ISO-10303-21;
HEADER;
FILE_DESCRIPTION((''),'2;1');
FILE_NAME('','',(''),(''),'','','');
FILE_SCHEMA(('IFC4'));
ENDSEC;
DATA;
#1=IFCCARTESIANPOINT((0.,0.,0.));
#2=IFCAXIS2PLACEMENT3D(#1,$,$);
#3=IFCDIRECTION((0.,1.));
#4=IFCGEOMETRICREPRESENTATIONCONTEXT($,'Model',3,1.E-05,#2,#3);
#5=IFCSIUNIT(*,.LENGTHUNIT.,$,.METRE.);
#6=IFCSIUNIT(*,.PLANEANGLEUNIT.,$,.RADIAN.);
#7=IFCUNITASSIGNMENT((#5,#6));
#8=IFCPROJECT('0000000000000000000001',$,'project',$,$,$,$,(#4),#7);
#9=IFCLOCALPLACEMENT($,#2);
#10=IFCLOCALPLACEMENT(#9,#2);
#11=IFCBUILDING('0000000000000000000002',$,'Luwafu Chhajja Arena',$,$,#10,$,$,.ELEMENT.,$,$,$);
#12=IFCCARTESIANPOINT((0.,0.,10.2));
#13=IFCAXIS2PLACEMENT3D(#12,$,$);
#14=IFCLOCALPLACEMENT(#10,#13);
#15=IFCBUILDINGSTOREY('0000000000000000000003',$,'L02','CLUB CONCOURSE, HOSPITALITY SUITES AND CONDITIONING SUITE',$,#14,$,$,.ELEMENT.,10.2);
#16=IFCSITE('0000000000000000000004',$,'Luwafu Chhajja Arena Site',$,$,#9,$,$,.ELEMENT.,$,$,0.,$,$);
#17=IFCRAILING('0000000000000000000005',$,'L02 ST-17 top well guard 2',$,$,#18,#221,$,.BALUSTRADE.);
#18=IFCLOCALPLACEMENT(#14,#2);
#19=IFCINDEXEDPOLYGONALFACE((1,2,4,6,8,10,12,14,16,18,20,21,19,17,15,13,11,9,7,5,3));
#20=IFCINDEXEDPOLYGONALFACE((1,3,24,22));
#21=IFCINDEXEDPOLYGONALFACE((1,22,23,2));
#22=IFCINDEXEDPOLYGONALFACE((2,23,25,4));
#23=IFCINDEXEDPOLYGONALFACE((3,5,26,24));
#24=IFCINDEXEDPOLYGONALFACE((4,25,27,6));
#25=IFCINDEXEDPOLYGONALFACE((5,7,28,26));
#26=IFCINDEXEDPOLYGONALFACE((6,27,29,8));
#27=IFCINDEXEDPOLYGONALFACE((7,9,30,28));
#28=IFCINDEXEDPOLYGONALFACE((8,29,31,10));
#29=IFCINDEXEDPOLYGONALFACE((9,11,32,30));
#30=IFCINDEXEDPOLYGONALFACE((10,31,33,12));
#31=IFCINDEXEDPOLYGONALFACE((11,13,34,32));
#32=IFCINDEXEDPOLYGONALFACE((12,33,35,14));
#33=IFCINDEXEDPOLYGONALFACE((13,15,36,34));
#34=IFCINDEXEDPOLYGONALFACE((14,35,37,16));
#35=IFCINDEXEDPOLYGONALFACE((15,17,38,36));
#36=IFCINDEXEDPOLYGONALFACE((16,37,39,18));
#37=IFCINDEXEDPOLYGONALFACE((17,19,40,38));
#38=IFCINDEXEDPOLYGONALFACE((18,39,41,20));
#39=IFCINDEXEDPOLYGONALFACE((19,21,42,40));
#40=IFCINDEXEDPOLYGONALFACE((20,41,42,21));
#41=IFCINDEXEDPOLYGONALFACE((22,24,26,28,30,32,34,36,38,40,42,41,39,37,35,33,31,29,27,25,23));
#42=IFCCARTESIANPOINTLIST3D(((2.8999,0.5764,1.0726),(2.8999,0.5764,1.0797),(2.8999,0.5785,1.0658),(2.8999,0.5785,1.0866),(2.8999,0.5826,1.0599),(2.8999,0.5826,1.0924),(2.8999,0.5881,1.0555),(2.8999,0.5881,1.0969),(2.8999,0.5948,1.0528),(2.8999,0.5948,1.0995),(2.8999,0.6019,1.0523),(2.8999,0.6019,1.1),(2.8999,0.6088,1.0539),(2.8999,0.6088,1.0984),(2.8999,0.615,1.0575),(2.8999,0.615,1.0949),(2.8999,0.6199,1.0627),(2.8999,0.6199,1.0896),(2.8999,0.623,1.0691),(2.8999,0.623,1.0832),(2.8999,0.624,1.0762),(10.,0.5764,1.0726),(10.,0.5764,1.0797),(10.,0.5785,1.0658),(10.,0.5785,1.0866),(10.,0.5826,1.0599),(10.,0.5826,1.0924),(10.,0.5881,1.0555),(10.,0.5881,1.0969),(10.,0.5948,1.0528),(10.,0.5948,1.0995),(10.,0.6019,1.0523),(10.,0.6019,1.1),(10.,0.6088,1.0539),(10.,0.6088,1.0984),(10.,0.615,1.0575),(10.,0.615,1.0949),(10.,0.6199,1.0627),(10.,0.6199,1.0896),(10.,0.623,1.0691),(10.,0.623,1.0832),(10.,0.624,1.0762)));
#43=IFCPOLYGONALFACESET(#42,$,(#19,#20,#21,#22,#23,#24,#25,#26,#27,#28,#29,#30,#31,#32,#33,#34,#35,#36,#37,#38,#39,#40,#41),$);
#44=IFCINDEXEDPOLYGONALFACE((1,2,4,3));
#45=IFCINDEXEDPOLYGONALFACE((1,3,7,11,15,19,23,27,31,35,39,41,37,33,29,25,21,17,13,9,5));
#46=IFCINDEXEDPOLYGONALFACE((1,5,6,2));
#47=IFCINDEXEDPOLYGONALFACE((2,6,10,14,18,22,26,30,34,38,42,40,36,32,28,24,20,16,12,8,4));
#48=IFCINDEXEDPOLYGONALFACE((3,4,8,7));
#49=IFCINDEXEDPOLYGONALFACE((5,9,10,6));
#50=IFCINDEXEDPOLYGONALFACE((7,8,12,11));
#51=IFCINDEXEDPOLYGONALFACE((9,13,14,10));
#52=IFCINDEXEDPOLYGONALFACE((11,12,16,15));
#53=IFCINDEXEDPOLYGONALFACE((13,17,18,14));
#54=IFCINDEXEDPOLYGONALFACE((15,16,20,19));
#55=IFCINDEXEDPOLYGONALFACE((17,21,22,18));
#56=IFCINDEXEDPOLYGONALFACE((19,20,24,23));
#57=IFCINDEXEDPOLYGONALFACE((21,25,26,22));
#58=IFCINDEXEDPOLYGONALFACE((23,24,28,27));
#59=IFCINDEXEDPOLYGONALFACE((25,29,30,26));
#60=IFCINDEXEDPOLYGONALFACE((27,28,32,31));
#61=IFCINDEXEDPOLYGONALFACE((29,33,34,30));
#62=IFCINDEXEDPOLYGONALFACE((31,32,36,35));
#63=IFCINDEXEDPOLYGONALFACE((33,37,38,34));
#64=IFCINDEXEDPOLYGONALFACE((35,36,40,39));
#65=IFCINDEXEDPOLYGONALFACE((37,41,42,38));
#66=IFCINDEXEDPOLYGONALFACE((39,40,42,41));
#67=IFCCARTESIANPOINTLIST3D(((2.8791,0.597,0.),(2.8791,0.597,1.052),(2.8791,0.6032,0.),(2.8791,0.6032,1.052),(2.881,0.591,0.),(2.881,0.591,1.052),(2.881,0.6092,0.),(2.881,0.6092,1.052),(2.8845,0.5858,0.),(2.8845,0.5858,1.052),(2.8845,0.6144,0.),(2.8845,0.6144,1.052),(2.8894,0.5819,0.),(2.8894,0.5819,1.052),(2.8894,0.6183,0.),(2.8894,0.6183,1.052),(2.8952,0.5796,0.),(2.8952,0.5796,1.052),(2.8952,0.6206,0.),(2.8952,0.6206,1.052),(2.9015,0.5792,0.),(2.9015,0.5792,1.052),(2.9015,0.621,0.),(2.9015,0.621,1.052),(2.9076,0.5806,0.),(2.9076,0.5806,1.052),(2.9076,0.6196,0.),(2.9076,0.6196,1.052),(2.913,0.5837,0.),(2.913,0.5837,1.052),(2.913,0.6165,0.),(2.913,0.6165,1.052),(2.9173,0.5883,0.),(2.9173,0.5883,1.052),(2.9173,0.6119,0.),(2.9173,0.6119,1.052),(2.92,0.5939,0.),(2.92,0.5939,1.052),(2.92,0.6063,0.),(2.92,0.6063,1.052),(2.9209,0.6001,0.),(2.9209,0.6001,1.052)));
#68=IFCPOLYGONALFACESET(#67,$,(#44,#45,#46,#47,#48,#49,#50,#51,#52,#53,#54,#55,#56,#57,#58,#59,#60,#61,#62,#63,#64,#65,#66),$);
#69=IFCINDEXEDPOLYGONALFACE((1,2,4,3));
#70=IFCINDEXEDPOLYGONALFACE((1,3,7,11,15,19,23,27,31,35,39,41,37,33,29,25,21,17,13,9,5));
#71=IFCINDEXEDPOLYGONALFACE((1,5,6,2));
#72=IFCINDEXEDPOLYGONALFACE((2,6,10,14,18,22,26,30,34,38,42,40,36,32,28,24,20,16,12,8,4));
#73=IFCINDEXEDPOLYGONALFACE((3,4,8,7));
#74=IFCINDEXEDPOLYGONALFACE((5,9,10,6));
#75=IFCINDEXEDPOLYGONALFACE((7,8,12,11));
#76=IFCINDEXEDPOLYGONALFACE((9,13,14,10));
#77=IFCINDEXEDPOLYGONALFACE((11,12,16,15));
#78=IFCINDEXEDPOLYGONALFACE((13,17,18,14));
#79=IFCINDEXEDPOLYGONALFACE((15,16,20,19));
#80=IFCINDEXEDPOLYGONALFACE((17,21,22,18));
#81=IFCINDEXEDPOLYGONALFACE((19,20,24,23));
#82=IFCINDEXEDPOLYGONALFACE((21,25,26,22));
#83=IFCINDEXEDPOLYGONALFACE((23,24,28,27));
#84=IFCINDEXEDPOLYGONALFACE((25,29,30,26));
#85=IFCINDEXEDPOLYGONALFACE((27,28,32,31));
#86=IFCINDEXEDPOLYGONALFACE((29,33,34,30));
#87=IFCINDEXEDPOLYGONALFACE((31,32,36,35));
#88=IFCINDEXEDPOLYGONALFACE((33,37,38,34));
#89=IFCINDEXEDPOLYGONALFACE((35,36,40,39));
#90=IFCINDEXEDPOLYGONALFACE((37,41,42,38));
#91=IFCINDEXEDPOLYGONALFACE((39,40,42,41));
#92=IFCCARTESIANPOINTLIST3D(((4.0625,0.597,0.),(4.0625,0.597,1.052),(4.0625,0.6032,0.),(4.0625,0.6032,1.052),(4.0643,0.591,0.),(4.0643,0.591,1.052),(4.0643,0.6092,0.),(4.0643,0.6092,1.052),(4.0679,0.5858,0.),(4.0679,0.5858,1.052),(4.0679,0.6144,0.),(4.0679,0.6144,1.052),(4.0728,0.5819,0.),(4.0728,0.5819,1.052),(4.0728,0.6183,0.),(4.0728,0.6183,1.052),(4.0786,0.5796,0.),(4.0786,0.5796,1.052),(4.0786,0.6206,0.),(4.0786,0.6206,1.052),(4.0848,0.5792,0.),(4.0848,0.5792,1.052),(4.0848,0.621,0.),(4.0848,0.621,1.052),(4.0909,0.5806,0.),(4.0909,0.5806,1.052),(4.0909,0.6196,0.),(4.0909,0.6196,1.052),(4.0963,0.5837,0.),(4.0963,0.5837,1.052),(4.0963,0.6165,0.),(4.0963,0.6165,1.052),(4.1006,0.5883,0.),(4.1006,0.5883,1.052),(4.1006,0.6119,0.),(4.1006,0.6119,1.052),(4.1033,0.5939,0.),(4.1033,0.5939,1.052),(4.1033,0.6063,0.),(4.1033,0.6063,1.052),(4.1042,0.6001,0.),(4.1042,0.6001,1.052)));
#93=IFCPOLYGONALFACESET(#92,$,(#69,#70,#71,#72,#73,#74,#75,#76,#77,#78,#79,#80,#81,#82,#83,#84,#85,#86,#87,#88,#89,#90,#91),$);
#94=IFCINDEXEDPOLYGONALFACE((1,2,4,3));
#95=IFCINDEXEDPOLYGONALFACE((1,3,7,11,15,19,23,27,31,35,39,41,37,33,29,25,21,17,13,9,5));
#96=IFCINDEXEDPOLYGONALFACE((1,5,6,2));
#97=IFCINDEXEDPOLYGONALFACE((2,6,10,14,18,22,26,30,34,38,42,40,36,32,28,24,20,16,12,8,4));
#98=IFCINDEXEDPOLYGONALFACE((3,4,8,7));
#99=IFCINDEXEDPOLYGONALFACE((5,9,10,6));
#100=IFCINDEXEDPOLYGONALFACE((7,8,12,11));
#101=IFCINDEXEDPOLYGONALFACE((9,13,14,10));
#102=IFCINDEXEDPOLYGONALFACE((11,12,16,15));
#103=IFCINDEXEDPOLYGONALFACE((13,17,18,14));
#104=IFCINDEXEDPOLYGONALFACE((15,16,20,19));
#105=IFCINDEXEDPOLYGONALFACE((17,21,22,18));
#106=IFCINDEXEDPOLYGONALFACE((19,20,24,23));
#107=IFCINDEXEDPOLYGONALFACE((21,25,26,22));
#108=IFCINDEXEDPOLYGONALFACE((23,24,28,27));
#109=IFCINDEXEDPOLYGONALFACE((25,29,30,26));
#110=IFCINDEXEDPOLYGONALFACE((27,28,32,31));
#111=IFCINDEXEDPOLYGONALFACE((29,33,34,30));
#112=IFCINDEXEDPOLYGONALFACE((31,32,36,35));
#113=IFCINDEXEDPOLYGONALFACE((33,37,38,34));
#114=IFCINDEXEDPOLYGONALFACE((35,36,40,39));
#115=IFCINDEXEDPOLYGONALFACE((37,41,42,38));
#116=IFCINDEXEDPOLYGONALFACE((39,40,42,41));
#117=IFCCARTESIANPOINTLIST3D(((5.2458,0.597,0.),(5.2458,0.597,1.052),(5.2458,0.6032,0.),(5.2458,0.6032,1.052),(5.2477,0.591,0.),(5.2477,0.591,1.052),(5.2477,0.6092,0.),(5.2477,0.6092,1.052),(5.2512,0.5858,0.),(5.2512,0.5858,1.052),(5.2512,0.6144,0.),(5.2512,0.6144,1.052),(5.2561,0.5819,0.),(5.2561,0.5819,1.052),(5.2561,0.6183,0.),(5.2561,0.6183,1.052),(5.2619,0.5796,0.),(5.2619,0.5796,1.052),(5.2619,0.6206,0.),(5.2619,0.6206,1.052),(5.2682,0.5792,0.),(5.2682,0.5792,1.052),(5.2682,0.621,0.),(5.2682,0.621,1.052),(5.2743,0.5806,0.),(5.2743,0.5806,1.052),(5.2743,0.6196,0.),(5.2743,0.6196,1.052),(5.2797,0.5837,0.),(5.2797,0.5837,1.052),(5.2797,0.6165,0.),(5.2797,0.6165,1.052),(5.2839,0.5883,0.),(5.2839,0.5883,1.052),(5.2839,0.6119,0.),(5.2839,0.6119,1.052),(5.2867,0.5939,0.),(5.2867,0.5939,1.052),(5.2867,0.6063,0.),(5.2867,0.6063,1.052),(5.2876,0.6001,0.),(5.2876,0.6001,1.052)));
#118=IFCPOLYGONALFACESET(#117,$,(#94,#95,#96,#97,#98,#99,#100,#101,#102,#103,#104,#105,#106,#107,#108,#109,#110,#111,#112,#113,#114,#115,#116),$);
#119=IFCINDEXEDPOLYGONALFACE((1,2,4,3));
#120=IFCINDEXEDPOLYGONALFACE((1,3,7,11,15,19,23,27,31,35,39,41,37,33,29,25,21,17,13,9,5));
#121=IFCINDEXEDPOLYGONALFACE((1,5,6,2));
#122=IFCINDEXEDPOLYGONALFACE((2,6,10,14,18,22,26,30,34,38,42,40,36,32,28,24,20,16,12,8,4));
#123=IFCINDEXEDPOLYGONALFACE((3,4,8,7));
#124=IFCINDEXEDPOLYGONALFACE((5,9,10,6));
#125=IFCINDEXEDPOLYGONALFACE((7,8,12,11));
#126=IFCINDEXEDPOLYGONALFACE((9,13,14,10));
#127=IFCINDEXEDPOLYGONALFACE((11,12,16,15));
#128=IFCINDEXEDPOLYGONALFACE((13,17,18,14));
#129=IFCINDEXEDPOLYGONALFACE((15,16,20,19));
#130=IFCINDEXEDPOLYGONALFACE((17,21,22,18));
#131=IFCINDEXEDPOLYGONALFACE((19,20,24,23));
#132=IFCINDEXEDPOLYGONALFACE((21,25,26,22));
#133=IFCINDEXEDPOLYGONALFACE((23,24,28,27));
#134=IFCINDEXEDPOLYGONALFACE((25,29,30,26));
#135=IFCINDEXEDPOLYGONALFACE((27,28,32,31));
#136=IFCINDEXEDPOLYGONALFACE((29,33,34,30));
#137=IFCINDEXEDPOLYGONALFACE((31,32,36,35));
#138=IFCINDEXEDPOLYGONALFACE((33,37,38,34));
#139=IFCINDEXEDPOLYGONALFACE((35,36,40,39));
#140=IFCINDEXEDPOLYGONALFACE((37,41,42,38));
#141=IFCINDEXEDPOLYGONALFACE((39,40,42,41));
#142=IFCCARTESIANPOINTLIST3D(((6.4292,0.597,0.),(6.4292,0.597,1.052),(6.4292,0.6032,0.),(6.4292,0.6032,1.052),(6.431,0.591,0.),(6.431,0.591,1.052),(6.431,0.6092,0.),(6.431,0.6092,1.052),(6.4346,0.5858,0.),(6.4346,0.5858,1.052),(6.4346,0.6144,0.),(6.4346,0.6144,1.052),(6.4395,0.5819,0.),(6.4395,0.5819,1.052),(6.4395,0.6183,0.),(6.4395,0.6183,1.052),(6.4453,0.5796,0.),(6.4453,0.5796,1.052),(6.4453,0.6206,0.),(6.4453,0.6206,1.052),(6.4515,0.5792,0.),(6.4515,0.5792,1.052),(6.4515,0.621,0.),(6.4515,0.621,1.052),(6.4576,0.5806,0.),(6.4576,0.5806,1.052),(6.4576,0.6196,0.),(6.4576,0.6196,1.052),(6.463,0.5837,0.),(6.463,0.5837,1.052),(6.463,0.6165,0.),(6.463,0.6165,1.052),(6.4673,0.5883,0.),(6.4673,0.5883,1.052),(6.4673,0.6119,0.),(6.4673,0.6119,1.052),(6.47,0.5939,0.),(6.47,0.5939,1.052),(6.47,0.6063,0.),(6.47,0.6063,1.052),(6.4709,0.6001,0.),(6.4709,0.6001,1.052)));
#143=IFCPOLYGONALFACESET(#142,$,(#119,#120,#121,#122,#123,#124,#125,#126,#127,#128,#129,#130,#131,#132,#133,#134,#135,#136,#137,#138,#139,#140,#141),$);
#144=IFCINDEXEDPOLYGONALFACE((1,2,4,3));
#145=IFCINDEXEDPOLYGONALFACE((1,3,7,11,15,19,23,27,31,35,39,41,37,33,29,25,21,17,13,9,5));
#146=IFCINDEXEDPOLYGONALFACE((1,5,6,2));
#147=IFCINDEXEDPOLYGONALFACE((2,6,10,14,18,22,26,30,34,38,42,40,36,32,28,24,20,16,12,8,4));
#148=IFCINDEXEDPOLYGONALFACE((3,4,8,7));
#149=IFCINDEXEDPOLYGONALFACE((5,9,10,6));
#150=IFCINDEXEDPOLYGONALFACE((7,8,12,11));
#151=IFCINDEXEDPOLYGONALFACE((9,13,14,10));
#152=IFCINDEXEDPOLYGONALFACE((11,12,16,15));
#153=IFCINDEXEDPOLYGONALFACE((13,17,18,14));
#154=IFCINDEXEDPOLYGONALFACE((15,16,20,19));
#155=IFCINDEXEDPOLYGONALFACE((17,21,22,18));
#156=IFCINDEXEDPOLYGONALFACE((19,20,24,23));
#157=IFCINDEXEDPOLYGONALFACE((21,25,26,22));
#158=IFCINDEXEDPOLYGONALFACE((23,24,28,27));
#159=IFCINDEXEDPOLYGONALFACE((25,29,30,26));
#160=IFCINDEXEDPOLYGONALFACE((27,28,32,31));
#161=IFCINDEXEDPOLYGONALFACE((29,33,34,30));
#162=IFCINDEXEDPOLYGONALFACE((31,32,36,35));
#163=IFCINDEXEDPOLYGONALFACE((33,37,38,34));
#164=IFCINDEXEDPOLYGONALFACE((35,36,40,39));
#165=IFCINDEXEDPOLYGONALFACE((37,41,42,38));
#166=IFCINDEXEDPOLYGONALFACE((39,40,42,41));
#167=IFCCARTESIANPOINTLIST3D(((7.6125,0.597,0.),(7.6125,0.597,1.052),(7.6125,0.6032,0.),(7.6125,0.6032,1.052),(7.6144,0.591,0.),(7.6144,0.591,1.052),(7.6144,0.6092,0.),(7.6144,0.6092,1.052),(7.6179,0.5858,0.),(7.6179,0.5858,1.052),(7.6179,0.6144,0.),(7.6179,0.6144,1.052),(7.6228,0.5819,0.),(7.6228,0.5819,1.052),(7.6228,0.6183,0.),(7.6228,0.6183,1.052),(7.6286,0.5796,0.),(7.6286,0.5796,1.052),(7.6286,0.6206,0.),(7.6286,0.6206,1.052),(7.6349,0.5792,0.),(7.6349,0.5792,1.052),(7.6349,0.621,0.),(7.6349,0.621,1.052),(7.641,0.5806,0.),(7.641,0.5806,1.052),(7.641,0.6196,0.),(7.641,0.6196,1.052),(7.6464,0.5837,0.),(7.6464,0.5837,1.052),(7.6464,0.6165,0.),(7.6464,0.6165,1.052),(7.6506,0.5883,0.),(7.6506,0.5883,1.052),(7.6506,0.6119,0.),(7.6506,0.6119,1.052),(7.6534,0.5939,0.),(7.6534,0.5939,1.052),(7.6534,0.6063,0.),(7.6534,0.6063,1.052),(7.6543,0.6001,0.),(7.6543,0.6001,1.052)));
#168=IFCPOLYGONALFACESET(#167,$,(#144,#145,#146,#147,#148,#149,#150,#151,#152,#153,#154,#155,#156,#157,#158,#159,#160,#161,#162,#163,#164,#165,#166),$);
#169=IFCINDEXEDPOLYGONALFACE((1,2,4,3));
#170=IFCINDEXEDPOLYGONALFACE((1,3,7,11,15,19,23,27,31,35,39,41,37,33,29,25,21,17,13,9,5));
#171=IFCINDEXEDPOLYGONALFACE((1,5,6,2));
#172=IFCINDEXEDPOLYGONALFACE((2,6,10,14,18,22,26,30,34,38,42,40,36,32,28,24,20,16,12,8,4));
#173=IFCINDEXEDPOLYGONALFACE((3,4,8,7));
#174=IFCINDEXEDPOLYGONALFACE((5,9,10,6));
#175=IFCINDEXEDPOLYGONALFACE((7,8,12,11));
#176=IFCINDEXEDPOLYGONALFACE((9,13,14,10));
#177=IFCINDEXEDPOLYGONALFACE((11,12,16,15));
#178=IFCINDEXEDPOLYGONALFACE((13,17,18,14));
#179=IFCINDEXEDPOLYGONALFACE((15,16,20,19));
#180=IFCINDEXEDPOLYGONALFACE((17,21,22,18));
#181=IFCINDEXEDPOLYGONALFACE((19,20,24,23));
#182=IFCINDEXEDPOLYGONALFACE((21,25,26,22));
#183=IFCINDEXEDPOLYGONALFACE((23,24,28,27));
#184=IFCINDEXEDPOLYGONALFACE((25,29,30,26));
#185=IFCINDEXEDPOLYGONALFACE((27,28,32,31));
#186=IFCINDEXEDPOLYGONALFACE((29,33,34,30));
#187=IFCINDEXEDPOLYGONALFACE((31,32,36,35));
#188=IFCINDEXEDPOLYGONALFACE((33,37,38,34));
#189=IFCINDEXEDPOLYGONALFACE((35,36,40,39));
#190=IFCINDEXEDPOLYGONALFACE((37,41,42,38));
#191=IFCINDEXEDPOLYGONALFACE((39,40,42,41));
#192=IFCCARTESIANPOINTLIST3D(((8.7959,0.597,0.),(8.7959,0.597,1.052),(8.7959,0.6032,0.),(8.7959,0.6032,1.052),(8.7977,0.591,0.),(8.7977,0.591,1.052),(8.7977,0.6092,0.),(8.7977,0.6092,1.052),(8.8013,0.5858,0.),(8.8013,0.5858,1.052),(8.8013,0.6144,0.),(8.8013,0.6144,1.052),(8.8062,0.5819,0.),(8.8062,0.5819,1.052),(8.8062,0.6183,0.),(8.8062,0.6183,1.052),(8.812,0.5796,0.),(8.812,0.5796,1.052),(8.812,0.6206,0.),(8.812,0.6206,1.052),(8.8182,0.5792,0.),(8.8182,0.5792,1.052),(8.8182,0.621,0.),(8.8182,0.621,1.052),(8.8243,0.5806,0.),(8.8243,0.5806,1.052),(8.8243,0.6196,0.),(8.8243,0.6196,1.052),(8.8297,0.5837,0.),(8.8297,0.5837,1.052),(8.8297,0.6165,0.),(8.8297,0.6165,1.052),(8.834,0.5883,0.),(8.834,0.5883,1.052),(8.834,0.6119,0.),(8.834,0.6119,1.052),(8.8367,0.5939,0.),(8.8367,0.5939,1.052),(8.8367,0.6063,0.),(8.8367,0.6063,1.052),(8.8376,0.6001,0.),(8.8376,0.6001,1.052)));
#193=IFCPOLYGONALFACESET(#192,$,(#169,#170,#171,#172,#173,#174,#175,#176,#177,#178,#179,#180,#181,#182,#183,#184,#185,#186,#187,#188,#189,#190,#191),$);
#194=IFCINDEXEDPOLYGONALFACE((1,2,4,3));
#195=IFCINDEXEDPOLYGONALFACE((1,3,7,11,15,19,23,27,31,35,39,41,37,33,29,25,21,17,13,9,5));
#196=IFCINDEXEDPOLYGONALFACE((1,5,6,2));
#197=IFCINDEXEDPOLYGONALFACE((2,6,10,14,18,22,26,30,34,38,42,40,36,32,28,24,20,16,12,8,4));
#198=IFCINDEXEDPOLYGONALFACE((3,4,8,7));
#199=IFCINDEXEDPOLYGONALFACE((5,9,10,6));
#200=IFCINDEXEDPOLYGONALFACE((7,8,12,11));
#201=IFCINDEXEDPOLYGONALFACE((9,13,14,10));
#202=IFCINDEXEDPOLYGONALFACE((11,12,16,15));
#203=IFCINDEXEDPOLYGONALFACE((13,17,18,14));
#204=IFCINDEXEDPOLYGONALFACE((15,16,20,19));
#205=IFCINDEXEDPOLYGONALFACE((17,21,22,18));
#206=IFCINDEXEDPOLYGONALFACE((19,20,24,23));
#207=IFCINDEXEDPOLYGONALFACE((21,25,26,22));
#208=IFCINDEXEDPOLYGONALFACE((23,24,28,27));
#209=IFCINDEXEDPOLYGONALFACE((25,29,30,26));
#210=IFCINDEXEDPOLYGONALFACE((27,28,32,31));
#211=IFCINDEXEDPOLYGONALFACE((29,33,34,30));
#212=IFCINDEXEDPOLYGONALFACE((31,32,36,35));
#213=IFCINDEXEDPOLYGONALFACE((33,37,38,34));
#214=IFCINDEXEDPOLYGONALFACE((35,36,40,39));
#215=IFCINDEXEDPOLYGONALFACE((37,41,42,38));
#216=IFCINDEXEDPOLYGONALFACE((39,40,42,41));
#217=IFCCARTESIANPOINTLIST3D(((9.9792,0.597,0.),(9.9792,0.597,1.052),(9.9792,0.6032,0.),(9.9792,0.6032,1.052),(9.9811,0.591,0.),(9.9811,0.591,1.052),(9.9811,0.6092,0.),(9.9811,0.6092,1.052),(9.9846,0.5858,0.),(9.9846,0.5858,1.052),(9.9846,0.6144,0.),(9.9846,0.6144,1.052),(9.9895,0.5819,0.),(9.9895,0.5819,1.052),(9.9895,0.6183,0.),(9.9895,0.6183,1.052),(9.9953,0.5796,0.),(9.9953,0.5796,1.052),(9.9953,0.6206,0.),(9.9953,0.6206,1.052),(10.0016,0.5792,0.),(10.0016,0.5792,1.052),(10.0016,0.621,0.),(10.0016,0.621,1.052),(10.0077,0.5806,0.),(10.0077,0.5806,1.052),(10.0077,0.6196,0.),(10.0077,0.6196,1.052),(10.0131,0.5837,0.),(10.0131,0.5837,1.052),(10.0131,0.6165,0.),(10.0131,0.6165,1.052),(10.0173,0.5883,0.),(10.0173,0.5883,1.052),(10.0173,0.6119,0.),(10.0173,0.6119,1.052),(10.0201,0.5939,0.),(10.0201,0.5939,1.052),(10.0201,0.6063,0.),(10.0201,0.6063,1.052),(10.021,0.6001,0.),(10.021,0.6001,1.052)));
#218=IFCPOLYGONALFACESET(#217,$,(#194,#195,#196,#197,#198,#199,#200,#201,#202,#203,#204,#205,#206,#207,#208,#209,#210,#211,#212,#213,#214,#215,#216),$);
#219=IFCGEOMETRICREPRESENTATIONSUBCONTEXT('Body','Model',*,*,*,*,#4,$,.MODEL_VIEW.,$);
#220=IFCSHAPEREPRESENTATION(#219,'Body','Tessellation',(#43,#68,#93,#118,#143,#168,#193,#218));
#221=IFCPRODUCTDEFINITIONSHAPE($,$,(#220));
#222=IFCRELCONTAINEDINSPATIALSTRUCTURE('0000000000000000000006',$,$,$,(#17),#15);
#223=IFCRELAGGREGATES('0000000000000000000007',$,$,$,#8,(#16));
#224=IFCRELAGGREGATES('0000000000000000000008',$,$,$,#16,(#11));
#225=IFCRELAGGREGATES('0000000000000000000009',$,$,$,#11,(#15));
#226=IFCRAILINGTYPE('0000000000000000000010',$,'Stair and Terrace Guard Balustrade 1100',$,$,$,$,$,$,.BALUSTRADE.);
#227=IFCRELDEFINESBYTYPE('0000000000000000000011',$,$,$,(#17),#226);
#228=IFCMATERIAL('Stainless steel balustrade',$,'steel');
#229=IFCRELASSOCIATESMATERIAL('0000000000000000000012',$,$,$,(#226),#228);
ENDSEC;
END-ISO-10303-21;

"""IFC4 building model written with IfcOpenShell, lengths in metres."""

from ifc_helpers import new_model, si_unit, direction, frame, origin, origin_2d, place, context, subcontext, project, spatial, circle, extrude, material, type_object, element, save


model = new_model("IFC4")

# Units and contexts
model_context = context("Model", 3, precision=1e-05, world=origin(), true_north=direction((0.0, 1.0)))
body_context = subcontext(model_context, "Body", "Model", "MODEL_VIEW")
ifc_project = project(units=[si_unit("LENGTHUNIT", "METRE"), si_unit("PLANEANGLEUNIT", "RADIAN")], contexts=[model_context])

# Site, building, storey
site_placement = place(None, origin())
site = spatial("IfcSite", under=ifc_project, at=site_placement, Name="Luwafu Chhajja Arena Site", CompositionType="ELEMENT", RefElevation=0.0)
building_placement = place(site_placement, origin())
building = spatial("IfcBuilding", under=site, at=building_placement, Name="Luwafu Chhajja Arena", CompositionType="ELEMENT")
storey_placement = place(building_placement, frame((0.0, 0.0, 10.2)))
storey = spatial("IfcBuildingStorey", under=building, at=storey_placement, Name="L02", Description="CLUB CONCOURSE, HOSPITALITY SUITES AND CONDITIONING SUITE", CompositionType="ELEMENT", Elevation=10.2)

# Railing
ifc_material_1 = material(Name="Stainless steel balustrade", Category="steel")
railing_type = type_object("IfcRailingType", Name="Stair and Terrace Guard Balustrade 1100", PredefinedType="BALUSTRADE", material=ifc_material_1)
railing_placement = place(storey_placement, frame((2.8999, 0.6001, 0.0)))
element("IfcRailing", 1, at=railing_placement, inside=storey, type_object=railing_type, Name="L02 ST-17 top well guard 2", PredefinedType="BALUSTRADE", context=body_context, shape_type="SweptSolid", body=[
    extrude(circle(Radius=0.0239, at=origin_2d()), frame((0.0, 0.0, 1.0762), z_axis=(1.0, 0.0, 0.0), x_axis=(0.0, 1.0, 0.0)), (0.0, 0.0, 1.0), 7.1001),
    extrude(circle(Radius=0.021, at=origin_2d()), origin(), (0.0, 0.0, 1.0), 1.052),
    extrude(circle(Radius=0.021, at=origin_2d()), frame((1.1833, 0.0, 0.0)), (0.0, 0.0, 1.0), 1.052),
    extrude(circle(Radius=0.021, at=origin_2d()), frame((2.3667, 0.0, 0.0)), (0.0, 0.0, 1.0), 1.052),
    extrude(circle(Radius=0.021, at=origin_2d()), frame((3.55, 0.0, 0.0)), (0.0, 0.0, 1.0), 1.052),
    extrude(circle(Radius=0.021, at=origin_2d()), frame((4.7334, 0.0, 0.0)), (0.0, 0.0, 1.0), 1.052),
    extrude(circle(Radius=0.021, at=origin_2d()), frame((5.9167, 0.0, 0.0)), (0.0, 0.0, 1.0), 1.052),
    extrude(circle(Radius=0.021, at=origin_2d()), frame((7.1001, 0.0, 0.0)), (0.0, 0.0, 1.0), 1.052),
])

save(model, "model.ifc")
